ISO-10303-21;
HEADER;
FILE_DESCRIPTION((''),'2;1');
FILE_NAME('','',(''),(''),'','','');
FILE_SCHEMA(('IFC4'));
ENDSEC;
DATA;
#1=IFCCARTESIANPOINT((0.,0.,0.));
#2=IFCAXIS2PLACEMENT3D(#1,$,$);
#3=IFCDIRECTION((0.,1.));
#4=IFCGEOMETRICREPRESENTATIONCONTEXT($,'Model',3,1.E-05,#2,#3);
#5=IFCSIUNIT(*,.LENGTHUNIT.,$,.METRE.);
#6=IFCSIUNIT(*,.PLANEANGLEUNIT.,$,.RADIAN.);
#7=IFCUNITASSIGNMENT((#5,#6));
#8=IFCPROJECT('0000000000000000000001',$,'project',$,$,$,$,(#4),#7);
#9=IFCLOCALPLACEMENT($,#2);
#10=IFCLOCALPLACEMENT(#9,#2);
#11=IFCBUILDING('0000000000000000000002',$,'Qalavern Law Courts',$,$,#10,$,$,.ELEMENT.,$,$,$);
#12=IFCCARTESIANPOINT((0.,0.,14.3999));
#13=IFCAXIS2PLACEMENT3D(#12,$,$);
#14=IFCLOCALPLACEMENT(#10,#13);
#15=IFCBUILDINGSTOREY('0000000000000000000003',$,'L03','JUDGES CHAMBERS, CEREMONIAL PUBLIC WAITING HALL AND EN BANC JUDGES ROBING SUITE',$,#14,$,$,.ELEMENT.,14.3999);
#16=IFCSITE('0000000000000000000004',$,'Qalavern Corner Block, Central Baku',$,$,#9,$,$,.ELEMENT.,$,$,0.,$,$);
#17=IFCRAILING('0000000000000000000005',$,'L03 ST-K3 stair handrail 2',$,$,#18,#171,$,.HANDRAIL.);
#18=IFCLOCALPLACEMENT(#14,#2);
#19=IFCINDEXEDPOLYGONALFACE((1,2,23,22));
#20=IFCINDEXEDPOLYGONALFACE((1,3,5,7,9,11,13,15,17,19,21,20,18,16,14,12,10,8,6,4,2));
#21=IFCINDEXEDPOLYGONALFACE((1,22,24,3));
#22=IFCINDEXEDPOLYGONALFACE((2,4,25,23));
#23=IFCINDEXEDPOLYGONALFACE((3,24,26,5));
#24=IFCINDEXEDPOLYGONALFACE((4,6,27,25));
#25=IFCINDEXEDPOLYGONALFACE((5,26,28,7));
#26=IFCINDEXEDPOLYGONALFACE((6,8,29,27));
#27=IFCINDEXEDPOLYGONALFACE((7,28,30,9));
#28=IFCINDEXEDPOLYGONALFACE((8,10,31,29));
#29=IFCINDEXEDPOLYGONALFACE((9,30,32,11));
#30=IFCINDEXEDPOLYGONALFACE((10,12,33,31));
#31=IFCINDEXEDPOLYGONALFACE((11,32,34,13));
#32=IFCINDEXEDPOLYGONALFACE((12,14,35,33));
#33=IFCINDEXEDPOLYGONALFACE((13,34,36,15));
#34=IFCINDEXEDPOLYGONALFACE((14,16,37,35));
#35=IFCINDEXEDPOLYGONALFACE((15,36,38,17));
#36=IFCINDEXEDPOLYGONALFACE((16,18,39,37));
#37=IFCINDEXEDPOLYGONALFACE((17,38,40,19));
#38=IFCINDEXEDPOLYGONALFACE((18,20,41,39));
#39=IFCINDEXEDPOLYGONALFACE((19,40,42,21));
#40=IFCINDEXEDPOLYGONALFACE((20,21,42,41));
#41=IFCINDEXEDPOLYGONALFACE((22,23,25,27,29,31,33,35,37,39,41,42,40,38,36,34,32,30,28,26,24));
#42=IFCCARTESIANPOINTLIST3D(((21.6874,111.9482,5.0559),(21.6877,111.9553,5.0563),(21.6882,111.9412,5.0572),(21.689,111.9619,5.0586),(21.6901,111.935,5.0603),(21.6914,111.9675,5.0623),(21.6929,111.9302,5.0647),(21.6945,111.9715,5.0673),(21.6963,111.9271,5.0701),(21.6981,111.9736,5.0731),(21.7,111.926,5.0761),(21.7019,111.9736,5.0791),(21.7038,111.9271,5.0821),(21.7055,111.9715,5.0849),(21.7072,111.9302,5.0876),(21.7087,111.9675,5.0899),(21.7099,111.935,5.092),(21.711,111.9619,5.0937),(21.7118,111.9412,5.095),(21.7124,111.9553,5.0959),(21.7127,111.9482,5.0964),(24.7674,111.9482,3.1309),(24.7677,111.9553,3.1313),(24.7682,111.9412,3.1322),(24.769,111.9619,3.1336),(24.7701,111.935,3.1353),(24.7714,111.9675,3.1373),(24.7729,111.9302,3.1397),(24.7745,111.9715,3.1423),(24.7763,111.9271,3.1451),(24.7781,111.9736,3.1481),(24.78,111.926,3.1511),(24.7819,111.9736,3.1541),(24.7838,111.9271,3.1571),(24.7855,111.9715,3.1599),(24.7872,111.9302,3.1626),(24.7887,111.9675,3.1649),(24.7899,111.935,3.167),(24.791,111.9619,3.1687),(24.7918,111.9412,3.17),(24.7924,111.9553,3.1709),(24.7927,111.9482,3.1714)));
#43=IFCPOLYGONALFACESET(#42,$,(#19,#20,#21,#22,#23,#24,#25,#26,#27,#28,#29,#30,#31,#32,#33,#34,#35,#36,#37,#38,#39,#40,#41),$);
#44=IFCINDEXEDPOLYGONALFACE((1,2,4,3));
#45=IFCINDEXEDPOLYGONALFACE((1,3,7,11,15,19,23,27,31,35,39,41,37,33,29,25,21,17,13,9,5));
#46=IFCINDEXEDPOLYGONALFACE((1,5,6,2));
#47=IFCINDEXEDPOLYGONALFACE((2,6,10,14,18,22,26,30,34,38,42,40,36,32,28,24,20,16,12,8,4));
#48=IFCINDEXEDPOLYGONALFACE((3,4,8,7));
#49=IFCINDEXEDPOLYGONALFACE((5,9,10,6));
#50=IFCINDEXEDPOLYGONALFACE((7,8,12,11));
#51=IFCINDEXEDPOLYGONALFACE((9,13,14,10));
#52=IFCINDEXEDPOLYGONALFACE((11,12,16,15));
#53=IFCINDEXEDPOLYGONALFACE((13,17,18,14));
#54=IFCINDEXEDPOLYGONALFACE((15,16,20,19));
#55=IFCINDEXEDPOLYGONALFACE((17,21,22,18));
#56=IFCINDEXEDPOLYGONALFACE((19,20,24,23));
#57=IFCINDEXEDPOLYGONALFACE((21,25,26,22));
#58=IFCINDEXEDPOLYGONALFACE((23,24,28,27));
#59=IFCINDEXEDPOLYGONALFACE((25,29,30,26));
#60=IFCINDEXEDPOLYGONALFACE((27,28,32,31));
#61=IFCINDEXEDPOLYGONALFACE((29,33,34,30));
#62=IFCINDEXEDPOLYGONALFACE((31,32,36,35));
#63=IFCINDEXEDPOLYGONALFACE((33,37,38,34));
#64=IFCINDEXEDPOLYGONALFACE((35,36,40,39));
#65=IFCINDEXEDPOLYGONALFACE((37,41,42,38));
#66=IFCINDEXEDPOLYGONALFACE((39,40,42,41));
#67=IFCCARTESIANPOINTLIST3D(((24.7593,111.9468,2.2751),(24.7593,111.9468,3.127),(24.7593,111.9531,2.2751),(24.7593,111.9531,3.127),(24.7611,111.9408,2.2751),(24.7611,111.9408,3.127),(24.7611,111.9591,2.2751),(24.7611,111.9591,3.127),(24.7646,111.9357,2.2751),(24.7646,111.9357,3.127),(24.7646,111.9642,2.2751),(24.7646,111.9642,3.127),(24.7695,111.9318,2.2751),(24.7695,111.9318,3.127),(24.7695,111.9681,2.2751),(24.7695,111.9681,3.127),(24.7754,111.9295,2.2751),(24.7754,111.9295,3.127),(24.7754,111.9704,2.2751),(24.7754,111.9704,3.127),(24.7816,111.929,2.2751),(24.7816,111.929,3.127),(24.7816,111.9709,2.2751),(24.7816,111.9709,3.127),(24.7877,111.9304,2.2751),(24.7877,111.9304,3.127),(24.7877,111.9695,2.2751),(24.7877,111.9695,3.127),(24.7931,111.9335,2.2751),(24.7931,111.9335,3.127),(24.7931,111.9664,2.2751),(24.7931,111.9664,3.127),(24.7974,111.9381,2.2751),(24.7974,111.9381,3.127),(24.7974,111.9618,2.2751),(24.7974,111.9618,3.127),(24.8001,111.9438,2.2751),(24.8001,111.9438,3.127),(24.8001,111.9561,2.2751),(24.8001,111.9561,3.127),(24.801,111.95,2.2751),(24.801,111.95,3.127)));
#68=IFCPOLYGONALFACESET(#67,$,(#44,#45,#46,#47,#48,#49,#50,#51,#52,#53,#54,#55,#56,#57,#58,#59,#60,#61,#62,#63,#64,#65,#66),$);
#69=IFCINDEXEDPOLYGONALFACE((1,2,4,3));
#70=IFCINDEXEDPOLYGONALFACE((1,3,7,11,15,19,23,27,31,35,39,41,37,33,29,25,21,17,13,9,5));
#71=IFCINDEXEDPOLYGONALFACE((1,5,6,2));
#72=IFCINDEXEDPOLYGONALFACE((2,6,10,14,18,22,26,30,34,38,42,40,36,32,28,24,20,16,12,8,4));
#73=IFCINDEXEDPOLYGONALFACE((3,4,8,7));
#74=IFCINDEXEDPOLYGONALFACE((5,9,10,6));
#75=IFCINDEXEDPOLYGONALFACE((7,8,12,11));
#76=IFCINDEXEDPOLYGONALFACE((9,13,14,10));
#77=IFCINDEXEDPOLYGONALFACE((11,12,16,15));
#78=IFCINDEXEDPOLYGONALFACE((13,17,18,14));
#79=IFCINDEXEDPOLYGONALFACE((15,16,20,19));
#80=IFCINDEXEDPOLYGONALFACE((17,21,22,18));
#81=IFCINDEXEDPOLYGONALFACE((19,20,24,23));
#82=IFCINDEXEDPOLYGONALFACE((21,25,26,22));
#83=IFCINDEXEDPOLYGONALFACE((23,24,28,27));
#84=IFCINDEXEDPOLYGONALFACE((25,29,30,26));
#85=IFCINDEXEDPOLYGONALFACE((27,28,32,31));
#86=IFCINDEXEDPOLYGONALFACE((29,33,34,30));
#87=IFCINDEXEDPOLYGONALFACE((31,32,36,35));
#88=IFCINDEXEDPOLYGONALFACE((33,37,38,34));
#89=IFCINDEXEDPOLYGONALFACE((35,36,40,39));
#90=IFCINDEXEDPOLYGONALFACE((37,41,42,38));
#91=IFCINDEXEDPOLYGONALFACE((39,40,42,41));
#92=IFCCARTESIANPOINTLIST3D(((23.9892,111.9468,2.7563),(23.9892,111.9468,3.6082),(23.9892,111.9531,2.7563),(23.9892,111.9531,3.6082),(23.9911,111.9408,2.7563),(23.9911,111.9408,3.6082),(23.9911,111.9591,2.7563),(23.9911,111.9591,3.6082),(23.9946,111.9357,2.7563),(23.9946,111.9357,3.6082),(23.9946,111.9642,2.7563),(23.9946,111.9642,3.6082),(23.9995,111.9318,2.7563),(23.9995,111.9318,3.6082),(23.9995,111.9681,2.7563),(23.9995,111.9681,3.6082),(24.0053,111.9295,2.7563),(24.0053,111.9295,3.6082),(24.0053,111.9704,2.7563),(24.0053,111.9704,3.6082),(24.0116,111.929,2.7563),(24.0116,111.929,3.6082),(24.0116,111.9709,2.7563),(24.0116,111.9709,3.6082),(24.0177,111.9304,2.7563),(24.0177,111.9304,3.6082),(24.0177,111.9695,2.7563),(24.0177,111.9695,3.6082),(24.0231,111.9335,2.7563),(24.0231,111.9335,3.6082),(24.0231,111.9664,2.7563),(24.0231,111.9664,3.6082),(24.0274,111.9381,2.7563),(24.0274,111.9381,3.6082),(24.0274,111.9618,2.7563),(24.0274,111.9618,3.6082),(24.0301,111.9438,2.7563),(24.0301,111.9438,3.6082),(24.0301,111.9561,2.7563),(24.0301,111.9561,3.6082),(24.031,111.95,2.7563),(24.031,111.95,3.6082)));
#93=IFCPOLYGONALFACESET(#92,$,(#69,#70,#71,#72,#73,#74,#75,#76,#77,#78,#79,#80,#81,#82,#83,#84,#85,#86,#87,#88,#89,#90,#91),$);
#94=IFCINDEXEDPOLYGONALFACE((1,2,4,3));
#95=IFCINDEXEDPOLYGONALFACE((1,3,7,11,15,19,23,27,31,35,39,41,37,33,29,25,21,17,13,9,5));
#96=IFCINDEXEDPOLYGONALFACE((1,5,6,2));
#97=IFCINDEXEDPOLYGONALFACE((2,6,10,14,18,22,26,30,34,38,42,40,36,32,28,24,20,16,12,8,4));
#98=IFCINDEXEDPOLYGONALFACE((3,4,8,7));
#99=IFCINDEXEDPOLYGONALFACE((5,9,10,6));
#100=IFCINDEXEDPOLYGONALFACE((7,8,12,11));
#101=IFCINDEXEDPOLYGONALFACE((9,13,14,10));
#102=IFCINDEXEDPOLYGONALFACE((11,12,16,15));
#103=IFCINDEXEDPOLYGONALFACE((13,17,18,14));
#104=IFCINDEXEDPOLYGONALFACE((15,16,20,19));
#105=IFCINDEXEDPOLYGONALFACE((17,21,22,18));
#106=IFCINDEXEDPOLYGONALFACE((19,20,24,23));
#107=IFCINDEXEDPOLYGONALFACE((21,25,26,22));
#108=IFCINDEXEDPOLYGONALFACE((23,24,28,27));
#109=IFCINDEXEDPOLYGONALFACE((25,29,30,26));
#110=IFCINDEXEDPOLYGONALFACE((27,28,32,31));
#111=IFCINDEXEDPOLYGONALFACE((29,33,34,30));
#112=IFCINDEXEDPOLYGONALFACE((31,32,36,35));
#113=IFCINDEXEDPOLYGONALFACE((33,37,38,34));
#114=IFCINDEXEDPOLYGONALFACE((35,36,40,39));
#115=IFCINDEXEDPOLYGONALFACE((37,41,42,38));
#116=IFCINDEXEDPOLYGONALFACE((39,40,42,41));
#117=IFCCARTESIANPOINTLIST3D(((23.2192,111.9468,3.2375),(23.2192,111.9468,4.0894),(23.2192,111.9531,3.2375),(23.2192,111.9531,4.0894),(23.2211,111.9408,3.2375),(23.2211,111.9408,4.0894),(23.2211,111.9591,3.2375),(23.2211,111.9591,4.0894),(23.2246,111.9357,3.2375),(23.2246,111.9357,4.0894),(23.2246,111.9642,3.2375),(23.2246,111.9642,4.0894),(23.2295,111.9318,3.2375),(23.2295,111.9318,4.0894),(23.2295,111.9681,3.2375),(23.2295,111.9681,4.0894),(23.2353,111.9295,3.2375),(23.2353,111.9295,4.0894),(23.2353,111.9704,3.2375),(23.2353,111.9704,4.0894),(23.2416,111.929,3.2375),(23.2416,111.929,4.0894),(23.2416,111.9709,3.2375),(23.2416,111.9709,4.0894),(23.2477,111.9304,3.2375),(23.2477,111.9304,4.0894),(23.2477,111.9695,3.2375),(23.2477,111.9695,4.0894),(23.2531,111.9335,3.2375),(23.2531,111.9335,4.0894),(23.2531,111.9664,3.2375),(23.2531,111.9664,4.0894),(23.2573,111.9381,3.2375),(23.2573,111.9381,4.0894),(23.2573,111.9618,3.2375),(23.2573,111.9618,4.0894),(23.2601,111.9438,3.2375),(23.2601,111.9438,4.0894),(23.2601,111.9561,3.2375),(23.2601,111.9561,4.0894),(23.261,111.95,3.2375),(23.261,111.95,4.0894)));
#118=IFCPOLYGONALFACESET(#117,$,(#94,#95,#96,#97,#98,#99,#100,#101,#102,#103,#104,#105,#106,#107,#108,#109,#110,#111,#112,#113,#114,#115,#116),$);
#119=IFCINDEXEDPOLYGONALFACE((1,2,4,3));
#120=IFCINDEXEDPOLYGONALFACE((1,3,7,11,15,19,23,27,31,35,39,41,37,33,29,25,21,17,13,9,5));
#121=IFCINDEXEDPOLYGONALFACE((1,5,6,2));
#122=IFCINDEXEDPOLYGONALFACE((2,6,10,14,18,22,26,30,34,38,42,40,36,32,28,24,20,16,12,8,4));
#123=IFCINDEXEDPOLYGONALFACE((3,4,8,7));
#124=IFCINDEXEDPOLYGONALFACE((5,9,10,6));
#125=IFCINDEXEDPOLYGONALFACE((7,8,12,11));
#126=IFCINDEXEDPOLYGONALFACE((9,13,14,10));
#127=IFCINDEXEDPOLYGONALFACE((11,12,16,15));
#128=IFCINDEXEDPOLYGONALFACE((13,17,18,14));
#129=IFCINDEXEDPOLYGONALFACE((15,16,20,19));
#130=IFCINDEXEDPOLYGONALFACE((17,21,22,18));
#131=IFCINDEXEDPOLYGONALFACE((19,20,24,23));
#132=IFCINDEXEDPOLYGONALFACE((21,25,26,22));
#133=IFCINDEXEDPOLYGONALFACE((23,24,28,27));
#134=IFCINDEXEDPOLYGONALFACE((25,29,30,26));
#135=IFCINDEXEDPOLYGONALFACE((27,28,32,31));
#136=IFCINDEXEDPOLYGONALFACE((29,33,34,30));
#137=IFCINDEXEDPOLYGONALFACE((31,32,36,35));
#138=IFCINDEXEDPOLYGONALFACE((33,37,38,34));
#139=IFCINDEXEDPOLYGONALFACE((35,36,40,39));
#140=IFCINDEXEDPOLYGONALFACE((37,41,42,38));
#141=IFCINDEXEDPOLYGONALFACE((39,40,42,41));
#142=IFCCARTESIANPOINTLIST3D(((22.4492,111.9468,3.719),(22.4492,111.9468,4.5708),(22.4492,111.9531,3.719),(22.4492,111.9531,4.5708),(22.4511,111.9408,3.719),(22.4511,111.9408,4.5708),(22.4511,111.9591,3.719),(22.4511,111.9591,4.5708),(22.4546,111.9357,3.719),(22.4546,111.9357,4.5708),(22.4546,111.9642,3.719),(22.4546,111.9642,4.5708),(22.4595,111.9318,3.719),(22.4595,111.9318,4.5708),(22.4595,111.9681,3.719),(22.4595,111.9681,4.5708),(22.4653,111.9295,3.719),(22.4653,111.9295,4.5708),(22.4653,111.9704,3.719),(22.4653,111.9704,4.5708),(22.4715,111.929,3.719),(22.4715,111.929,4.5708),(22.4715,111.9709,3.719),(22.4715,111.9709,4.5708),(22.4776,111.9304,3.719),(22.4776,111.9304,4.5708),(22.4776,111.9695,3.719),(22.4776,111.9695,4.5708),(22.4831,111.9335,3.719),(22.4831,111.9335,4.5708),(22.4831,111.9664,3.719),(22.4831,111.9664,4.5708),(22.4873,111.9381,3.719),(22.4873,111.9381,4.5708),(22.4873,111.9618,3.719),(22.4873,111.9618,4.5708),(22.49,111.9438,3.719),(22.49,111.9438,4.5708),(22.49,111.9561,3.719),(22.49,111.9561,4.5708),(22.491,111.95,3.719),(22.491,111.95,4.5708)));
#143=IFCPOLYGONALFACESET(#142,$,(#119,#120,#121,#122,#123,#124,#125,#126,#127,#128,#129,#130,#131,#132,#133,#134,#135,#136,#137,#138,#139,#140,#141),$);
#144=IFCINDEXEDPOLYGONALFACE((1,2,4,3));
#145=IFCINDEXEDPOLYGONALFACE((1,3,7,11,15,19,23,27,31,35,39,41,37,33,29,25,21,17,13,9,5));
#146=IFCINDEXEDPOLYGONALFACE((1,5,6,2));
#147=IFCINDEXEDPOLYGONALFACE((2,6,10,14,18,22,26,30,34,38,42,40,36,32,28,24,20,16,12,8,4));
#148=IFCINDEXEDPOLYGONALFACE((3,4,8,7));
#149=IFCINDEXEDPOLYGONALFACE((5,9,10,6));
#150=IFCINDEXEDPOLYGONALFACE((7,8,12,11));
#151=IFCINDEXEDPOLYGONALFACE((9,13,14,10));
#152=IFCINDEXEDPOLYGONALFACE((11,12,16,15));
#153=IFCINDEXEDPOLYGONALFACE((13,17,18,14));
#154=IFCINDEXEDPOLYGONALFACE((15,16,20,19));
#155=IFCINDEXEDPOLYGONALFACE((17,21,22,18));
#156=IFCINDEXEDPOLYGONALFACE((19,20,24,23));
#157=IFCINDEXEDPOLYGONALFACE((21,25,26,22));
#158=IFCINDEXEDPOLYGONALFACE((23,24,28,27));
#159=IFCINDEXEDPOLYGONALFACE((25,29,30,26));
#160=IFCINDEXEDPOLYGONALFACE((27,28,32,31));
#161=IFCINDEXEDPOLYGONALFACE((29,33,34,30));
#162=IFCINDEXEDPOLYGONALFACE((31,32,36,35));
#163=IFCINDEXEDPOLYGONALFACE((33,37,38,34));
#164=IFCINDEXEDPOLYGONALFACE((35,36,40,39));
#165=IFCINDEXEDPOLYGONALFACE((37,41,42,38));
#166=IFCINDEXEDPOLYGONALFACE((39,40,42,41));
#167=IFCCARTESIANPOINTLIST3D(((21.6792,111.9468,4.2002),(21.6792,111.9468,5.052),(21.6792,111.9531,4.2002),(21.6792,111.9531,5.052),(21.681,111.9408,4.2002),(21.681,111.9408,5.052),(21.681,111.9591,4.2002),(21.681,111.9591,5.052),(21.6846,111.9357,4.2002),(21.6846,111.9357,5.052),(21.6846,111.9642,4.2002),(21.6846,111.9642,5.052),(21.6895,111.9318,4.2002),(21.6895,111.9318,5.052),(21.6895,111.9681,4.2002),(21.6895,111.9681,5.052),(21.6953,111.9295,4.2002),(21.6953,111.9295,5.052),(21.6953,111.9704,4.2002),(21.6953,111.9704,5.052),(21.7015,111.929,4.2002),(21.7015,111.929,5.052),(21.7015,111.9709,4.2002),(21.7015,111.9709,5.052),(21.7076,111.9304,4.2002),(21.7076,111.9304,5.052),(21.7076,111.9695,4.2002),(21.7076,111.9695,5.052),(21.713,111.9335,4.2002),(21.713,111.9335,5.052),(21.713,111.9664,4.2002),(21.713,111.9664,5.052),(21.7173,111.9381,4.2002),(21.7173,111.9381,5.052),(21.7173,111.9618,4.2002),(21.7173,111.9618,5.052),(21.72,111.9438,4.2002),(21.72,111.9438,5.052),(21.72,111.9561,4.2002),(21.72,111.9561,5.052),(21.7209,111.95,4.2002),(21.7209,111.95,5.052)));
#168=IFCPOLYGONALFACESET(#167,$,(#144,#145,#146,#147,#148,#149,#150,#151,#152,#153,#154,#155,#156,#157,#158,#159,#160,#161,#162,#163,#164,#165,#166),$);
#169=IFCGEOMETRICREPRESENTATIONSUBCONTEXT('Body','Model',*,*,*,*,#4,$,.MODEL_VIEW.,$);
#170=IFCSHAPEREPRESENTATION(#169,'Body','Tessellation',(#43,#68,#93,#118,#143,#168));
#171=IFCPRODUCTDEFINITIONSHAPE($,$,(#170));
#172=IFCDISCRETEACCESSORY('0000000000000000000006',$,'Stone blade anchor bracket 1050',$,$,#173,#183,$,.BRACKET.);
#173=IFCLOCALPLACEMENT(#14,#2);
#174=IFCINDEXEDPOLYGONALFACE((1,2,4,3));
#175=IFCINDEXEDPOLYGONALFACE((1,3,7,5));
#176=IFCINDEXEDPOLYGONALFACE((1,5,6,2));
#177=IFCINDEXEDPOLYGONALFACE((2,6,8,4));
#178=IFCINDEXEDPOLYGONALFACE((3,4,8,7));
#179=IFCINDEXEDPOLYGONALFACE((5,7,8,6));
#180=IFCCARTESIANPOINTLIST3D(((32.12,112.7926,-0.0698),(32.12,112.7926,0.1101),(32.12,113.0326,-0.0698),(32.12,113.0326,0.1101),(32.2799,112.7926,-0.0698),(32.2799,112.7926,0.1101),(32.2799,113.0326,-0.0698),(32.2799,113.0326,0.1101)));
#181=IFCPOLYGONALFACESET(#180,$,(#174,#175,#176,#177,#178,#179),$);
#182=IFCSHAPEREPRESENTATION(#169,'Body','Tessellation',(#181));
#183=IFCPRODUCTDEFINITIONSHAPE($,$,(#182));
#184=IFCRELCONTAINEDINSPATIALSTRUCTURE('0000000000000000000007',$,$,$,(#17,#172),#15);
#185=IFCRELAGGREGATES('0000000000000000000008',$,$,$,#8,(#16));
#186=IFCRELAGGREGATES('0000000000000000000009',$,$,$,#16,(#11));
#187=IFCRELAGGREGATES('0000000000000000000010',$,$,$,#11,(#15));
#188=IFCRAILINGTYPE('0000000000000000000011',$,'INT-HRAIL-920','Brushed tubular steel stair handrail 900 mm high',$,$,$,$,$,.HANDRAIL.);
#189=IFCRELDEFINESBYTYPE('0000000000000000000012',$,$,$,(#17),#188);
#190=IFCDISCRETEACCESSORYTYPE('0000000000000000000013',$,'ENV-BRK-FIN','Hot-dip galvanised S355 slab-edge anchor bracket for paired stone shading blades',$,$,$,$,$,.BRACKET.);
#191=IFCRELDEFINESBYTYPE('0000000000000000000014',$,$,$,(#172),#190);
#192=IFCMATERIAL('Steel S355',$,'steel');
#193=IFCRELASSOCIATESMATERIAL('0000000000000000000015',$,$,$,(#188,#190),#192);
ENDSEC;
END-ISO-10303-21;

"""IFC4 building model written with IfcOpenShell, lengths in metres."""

from ifc_helpers import new_model, si_unit, direction, frame, origin, origin_2d, place, context, subcontext, project, spatial, rectangle, circle, extrude, material, type_object, element, save


model = new_model("IFC4")

# Units and contexts
model_context = context("Model", 3, precision=1e-05, world=origin(), true_north=direction((0.0, 1.0)))
body_context = subcontext(model_context, "Body", "Model", "MODEL_VIEW")
ifc_project = project(units=[si_unit("LENGTHUNIT", "METRE"), si_unit("PLANEANGLEUNIT", "RADIAN")], contexts=[model_context])

# Site, building, storey
site_placement = place(None, origin())
site = spatial("IfcSite", under=ifc_project, at=site_placement, Name="Qalavern Corner Block, Central Baku", CompositionType="ELEMENT", RefElevation=0.0)
building_placement = place(site_placement, origin())
building = spatial("IfcBuilding", under=site, at=building_placement, Name="Qalavern Law Courts", CompositionType="ELEMENT")
storey_placement = place(building_placement, frame((0.0, 0.0, 14.3999)))
storey = spatial("IfcBuildingStorey", under=building, at=storey_placement, Name="L03", Description="JUDGES CHAMBERS, CEREMONIAL PUBLIC WAITING HALL AND EN BANC JUDGES ROBING SUITE", CompositionType="ELEMENT", Elevation=14.3999)

# Railing
ifc_material_1 = material(Name="Steel S355", Category="steel")
railing_type_1 = type_object("IfcRailingType", Name="INT-HRAIL-920", Description="Brushed tubular steel stair handrail 900 mm high", PredefinedType="HANDRAIL", material=ifc_material_1)
railing_1_placement = place(storey_placement, frame((24.78, 111.95, 2.2751)))
element("IfcRailing", 1, at=railing_1_placement, inside=storey, type_object=railing_type_1, Name="L03 ST-K3 stair handrail 2", PredefinedType="HANDRAIL", context=body_context, shape_type="SweptSolid", body=[
    extrude(circle(Radius=0.0239, at=origin_2d()), frame((0.0, 0.0, 0.876), z_axis=(-0.847998, 0.0, 0.529999), x_axis=(0.0, -1.0, 0.0)), (0.0, 0.0, 1.0), 3.6321),
    extrude(circle(Radius=0.021, at=origin_2d()), origin(), (0.0, 0.0, 1.0), 0.8518),
    extrude(circle(Radius=0.021, at=origin_2d()), frame((-0.77, 0.0, 0.4812)), (0.0, 0.0, 1.0), 0.8518),
    extrude(circle(Radius=0.021, at=origin_2d()), frame((-1.54, 0.0, 0.9624)), (0.0, 0.0, 1.0), 0.8518),
    extrude(circle(Radius=0.021, at=origin_2d()), frame((-2.3101, 0.0, 1.4438)), (0.0, 0.0, 1.0), 0.8518),
    extrude(circle(Radius=0.021, at=origin_2d()), frame((-3.0801, 0.0, 1.925)), (0.0, 0.0, 1.0), 0.8518),
])

# Discrete accessory
discrete_accessory_type = type_object("IfcDiscreteAccessoryType", Name="ENV-BRK-FIN", Description="Hot-dip galvanised S355 slab-edge anchor bracket for paired stone shading blades", PredefinedType="BRACKET", material=ifc_material_1)
discrete_accessory_placement = place(storey_placement, frame((32.2, 112.9126, -0.0698), z_axis=(0.0, 0.0, 1.0), x_axis=(0.0, 1.0, 0.0)))
element("IfcDiscreteAccessory", 2, at=discrete_accessory_placement, inside=storey, type_object=discrete_accessory_type, Name="Stone blade anchor bracket 1050", PredefinedType="BRACKET", context=body_context, shape_type="SweptSolid", body=[
    extrude(rectangle(XDim=0.24, YDim=0.1599, at=origin_2d()), origin(), (0.0, 0.0, 1.0), 0.1799),
])

save(model, "model.ifc")
